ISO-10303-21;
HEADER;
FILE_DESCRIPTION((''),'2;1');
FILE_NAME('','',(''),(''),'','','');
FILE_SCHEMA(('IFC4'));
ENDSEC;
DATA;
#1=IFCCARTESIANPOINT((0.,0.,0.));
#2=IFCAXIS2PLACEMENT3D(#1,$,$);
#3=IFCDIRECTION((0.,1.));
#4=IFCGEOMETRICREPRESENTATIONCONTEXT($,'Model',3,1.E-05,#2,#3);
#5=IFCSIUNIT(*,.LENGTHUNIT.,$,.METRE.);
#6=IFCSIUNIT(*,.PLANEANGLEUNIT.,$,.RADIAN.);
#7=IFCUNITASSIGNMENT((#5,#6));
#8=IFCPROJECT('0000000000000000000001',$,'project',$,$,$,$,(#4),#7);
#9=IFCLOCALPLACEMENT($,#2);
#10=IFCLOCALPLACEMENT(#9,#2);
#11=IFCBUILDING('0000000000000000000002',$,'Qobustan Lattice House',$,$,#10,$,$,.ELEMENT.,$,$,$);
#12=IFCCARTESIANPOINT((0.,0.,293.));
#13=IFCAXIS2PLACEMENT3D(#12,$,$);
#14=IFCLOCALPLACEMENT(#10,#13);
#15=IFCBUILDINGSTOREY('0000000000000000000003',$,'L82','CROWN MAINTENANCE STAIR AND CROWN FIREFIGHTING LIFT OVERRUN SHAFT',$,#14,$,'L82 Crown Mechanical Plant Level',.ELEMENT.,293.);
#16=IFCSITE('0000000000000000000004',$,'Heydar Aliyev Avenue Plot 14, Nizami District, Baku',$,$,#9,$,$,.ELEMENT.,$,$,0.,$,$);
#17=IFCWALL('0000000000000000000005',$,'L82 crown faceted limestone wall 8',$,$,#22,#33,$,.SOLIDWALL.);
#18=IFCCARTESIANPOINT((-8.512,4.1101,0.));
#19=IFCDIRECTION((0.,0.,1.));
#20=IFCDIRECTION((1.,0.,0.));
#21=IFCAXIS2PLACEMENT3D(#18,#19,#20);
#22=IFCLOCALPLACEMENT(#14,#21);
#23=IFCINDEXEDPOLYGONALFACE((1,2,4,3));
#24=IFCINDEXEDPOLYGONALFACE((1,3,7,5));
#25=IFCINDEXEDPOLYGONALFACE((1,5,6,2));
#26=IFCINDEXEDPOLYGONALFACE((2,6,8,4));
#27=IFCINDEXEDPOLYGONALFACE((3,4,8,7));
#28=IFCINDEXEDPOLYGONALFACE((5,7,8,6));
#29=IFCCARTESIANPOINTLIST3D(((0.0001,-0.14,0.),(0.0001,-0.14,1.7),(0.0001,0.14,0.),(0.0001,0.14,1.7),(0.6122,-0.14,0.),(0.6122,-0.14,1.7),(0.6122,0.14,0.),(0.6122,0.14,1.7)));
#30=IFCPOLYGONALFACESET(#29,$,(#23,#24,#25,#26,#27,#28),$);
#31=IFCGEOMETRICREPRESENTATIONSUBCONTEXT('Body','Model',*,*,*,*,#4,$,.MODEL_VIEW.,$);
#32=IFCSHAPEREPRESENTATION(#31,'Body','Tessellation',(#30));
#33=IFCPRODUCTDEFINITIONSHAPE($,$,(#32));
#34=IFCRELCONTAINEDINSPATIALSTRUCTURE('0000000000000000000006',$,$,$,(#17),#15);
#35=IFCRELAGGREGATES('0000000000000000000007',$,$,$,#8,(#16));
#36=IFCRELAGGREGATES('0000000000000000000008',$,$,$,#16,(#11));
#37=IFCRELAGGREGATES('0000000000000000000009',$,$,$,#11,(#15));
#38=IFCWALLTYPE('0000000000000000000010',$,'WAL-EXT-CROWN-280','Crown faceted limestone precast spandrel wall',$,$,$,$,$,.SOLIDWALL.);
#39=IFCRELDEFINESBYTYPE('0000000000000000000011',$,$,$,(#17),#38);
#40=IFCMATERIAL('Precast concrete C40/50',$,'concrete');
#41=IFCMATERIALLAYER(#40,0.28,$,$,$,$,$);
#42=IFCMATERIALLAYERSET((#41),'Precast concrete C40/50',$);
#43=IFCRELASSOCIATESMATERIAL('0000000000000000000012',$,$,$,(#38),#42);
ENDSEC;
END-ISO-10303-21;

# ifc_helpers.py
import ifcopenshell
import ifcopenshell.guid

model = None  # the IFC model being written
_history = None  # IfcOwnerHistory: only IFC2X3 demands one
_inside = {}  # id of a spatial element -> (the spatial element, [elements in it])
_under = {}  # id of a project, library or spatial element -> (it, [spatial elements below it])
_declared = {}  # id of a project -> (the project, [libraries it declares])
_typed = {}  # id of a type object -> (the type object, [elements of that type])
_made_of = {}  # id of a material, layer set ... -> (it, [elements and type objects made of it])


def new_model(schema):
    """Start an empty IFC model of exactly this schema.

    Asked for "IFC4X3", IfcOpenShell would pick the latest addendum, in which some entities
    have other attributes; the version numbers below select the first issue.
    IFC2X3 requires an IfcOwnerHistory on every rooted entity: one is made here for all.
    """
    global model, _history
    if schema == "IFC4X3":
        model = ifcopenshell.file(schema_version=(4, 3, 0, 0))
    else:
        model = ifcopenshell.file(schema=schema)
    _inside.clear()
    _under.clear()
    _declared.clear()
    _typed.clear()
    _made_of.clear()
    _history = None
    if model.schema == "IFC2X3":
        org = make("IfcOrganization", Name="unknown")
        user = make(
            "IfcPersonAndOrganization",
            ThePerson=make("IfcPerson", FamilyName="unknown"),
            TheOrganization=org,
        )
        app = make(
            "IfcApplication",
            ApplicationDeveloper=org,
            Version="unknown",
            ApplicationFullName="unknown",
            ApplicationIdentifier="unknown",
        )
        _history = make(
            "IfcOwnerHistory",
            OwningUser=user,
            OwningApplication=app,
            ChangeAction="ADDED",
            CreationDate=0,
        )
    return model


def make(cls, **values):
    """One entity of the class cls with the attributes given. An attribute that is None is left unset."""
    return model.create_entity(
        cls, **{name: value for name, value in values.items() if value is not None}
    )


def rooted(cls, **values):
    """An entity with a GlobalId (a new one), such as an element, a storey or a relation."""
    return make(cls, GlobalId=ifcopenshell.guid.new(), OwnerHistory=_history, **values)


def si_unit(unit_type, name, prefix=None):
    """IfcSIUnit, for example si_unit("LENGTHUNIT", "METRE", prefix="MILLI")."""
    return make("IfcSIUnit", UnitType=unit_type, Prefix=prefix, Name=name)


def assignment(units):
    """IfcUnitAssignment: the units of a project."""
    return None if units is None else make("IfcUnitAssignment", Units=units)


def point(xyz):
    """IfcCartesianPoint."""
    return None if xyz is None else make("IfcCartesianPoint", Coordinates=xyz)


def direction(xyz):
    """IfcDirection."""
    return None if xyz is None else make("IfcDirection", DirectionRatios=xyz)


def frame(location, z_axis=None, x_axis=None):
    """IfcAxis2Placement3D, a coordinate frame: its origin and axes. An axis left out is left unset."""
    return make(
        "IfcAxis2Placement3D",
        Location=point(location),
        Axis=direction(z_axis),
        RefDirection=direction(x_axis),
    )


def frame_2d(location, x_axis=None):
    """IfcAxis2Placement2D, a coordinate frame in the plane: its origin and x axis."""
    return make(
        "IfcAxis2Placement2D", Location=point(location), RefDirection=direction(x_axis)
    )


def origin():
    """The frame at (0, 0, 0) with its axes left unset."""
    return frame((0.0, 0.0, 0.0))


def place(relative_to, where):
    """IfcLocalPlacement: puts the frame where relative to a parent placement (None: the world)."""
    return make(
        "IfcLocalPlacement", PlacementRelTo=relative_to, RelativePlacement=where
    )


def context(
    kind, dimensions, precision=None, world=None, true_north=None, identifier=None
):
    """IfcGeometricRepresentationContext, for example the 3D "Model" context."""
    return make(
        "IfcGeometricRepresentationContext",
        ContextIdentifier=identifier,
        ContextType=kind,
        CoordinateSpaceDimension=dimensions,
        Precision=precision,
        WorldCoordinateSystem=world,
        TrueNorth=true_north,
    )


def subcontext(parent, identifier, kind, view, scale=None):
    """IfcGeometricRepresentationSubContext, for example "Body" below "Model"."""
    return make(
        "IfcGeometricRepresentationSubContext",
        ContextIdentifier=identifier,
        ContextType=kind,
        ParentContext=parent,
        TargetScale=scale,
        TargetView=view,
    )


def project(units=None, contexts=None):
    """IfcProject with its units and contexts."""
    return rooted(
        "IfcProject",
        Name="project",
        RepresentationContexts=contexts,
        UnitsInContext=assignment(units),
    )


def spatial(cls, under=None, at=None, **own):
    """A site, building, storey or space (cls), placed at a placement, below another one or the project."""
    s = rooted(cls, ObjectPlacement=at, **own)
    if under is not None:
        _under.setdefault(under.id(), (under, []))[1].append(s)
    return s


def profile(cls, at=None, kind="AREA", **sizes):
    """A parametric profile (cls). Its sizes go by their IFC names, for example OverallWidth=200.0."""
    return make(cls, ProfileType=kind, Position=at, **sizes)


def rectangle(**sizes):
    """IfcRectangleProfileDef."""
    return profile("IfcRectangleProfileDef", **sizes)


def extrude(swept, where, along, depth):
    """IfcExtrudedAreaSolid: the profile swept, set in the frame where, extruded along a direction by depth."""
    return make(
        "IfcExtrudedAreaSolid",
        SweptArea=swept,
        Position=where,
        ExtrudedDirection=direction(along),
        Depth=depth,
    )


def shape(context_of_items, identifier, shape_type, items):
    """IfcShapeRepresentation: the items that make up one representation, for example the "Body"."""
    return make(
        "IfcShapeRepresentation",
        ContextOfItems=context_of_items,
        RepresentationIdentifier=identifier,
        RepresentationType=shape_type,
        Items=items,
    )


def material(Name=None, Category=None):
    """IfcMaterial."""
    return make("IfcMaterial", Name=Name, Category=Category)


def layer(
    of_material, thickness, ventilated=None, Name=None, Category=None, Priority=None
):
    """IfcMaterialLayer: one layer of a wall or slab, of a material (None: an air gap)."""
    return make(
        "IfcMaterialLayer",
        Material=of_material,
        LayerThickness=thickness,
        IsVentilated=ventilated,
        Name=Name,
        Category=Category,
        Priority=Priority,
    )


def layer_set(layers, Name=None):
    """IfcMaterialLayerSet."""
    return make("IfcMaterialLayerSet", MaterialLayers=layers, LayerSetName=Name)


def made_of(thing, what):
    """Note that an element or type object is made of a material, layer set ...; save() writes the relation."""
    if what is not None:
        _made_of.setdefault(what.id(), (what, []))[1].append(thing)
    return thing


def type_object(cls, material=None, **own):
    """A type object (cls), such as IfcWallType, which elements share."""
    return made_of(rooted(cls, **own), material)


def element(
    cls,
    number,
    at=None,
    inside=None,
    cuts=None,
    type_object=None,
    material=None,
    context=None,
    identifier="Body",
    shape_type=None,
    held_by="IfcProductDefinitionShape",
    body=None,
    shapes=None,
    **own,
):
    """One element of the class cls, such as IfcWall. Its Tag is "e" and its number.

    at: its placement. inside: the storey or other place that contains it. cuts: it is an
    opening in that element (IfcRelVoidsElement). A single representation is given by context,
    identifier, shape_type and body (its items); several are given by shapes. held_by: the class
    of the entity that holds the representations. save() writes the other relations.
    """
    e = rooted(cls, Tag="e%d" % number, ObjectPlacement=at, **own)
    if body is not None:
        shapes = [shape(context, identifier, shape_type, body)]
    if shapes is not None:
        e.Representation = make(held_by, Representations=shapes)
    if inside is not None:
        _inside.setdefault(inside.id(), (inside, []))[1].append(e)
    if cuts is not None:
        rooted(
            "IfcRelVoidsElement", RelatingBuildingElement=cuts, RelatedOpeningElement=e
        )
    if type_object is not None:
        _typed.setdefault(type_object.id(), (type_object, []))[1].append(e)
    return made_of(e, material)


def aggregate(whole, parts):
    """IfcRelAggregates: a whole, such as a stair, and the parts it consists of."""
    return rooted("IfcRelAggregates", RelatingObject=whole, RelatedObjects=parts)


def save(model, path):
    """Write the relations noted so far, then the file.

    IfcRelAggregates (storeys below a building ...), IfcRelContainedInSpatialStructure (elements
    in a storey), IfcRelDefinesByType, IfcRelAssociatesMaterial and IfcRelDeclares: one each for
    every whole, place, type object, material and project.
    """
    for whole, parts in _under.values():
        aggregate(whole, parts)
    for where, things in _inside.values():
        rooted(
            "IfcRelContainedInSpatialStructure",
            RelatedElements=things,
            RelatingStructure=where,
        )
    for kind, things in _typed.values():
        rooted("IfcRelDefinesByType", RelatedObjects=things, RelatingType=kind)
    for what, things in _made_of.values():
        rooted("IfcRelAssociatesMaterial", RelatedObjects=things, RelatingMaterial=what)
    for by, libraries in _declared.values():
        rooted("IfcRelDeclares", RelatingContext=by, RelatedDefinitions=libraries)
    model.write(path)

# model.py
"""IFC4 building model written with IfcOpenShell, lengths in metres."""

from ifc_helpers import new_model, si_unit, direction, frame, frame_2d, origin, place, context, subcontext, project, spatial, rectangle, extrude, material, layer, layer_set, type_object, element, save


model = new_model("IFC4")

# Units and contexts
model_context = context("Model", 3, precision=1e-05, world=origin(), true_north=direction((0.0, 1.0)))
body_context = subcontext(model_context, "Body", "Model", "MODEL_VIEW")
ifc_project = project(units=[si_unit("LENGTHUNIT", "METRE"), si_unit("PLANEANGLEUNIT", "RADIAN")], contexts=[model_context])

# Site, building, storey
site_placement = place(None, origin())
site = spatial("IfcSite", under=ifc_project, at=site_placement, Name="Heydar Aliyev Avenue Plot 14, Nizami District, Baku", CompositionType="ELEMENT", RefElevation=0.0)
building_placement = place(site_placement, origin())
building = spatial("IfcBuilding", under=site, at=building_placement, Name="Qobustan Lattice House", CompositionType="ELEMENT")
storey_placement = place(building_placement, frame((0.0, 0.0, 293.0)))
storey = spatial("IfcBuildingStorey", under=building, at=storey_placement, Name="L82", Description="CROWN MAINTENANCE STAIR AND CROWN FIREFIGHTING LIFT OVERRUN SHAFT", LongName="L82 Crown Mechanical Plant Level", CompositionType="ELEMENT", Elevation=293.0)

# Wall
ifc_material_1 = material(Name="Precast concrete C40/50", Category="concrete")
ifc_layer_1 = layer(ifc_material_1, 0.28)
ifc_layer_set_1 = layer_set([ifc_layer_1], Name="Precast concrete C40/50")
wall_type_1 = type_object("IfcWallType", Name="WAL-EXT-CROWN-280", Description="Crown faceted limestone precast spandrel wall", PredefinedType="SOLIDWALL", material=ifc_layer_set_1)
for number, where, z_axis, x_axis, name in (
    (1, (-8.512, 4.1101, 0.0), (0.0, 0.0, 1.0), (1.0, 0.0, 0.0), "L82 crown faceted limestone wall 8"),
):
    element("IfcWall", number, at=place(storey_placement, frame(where, z_axis=z_axis, x_axis=x_axis)), inside=storey, type_object=wall_type_1, Name=name, PredefinedType="SOLIDWALL", context=body_context, shape_type="SweptSolid", body=[
        extrude(rectangle(XDim=0.6121, YDim=0.28, at=frame_2d((0.3062, 0.0))), origin(), (0.0, 0.0, 1.0), 1.7),
    ])

save(model, "model.ifc")
